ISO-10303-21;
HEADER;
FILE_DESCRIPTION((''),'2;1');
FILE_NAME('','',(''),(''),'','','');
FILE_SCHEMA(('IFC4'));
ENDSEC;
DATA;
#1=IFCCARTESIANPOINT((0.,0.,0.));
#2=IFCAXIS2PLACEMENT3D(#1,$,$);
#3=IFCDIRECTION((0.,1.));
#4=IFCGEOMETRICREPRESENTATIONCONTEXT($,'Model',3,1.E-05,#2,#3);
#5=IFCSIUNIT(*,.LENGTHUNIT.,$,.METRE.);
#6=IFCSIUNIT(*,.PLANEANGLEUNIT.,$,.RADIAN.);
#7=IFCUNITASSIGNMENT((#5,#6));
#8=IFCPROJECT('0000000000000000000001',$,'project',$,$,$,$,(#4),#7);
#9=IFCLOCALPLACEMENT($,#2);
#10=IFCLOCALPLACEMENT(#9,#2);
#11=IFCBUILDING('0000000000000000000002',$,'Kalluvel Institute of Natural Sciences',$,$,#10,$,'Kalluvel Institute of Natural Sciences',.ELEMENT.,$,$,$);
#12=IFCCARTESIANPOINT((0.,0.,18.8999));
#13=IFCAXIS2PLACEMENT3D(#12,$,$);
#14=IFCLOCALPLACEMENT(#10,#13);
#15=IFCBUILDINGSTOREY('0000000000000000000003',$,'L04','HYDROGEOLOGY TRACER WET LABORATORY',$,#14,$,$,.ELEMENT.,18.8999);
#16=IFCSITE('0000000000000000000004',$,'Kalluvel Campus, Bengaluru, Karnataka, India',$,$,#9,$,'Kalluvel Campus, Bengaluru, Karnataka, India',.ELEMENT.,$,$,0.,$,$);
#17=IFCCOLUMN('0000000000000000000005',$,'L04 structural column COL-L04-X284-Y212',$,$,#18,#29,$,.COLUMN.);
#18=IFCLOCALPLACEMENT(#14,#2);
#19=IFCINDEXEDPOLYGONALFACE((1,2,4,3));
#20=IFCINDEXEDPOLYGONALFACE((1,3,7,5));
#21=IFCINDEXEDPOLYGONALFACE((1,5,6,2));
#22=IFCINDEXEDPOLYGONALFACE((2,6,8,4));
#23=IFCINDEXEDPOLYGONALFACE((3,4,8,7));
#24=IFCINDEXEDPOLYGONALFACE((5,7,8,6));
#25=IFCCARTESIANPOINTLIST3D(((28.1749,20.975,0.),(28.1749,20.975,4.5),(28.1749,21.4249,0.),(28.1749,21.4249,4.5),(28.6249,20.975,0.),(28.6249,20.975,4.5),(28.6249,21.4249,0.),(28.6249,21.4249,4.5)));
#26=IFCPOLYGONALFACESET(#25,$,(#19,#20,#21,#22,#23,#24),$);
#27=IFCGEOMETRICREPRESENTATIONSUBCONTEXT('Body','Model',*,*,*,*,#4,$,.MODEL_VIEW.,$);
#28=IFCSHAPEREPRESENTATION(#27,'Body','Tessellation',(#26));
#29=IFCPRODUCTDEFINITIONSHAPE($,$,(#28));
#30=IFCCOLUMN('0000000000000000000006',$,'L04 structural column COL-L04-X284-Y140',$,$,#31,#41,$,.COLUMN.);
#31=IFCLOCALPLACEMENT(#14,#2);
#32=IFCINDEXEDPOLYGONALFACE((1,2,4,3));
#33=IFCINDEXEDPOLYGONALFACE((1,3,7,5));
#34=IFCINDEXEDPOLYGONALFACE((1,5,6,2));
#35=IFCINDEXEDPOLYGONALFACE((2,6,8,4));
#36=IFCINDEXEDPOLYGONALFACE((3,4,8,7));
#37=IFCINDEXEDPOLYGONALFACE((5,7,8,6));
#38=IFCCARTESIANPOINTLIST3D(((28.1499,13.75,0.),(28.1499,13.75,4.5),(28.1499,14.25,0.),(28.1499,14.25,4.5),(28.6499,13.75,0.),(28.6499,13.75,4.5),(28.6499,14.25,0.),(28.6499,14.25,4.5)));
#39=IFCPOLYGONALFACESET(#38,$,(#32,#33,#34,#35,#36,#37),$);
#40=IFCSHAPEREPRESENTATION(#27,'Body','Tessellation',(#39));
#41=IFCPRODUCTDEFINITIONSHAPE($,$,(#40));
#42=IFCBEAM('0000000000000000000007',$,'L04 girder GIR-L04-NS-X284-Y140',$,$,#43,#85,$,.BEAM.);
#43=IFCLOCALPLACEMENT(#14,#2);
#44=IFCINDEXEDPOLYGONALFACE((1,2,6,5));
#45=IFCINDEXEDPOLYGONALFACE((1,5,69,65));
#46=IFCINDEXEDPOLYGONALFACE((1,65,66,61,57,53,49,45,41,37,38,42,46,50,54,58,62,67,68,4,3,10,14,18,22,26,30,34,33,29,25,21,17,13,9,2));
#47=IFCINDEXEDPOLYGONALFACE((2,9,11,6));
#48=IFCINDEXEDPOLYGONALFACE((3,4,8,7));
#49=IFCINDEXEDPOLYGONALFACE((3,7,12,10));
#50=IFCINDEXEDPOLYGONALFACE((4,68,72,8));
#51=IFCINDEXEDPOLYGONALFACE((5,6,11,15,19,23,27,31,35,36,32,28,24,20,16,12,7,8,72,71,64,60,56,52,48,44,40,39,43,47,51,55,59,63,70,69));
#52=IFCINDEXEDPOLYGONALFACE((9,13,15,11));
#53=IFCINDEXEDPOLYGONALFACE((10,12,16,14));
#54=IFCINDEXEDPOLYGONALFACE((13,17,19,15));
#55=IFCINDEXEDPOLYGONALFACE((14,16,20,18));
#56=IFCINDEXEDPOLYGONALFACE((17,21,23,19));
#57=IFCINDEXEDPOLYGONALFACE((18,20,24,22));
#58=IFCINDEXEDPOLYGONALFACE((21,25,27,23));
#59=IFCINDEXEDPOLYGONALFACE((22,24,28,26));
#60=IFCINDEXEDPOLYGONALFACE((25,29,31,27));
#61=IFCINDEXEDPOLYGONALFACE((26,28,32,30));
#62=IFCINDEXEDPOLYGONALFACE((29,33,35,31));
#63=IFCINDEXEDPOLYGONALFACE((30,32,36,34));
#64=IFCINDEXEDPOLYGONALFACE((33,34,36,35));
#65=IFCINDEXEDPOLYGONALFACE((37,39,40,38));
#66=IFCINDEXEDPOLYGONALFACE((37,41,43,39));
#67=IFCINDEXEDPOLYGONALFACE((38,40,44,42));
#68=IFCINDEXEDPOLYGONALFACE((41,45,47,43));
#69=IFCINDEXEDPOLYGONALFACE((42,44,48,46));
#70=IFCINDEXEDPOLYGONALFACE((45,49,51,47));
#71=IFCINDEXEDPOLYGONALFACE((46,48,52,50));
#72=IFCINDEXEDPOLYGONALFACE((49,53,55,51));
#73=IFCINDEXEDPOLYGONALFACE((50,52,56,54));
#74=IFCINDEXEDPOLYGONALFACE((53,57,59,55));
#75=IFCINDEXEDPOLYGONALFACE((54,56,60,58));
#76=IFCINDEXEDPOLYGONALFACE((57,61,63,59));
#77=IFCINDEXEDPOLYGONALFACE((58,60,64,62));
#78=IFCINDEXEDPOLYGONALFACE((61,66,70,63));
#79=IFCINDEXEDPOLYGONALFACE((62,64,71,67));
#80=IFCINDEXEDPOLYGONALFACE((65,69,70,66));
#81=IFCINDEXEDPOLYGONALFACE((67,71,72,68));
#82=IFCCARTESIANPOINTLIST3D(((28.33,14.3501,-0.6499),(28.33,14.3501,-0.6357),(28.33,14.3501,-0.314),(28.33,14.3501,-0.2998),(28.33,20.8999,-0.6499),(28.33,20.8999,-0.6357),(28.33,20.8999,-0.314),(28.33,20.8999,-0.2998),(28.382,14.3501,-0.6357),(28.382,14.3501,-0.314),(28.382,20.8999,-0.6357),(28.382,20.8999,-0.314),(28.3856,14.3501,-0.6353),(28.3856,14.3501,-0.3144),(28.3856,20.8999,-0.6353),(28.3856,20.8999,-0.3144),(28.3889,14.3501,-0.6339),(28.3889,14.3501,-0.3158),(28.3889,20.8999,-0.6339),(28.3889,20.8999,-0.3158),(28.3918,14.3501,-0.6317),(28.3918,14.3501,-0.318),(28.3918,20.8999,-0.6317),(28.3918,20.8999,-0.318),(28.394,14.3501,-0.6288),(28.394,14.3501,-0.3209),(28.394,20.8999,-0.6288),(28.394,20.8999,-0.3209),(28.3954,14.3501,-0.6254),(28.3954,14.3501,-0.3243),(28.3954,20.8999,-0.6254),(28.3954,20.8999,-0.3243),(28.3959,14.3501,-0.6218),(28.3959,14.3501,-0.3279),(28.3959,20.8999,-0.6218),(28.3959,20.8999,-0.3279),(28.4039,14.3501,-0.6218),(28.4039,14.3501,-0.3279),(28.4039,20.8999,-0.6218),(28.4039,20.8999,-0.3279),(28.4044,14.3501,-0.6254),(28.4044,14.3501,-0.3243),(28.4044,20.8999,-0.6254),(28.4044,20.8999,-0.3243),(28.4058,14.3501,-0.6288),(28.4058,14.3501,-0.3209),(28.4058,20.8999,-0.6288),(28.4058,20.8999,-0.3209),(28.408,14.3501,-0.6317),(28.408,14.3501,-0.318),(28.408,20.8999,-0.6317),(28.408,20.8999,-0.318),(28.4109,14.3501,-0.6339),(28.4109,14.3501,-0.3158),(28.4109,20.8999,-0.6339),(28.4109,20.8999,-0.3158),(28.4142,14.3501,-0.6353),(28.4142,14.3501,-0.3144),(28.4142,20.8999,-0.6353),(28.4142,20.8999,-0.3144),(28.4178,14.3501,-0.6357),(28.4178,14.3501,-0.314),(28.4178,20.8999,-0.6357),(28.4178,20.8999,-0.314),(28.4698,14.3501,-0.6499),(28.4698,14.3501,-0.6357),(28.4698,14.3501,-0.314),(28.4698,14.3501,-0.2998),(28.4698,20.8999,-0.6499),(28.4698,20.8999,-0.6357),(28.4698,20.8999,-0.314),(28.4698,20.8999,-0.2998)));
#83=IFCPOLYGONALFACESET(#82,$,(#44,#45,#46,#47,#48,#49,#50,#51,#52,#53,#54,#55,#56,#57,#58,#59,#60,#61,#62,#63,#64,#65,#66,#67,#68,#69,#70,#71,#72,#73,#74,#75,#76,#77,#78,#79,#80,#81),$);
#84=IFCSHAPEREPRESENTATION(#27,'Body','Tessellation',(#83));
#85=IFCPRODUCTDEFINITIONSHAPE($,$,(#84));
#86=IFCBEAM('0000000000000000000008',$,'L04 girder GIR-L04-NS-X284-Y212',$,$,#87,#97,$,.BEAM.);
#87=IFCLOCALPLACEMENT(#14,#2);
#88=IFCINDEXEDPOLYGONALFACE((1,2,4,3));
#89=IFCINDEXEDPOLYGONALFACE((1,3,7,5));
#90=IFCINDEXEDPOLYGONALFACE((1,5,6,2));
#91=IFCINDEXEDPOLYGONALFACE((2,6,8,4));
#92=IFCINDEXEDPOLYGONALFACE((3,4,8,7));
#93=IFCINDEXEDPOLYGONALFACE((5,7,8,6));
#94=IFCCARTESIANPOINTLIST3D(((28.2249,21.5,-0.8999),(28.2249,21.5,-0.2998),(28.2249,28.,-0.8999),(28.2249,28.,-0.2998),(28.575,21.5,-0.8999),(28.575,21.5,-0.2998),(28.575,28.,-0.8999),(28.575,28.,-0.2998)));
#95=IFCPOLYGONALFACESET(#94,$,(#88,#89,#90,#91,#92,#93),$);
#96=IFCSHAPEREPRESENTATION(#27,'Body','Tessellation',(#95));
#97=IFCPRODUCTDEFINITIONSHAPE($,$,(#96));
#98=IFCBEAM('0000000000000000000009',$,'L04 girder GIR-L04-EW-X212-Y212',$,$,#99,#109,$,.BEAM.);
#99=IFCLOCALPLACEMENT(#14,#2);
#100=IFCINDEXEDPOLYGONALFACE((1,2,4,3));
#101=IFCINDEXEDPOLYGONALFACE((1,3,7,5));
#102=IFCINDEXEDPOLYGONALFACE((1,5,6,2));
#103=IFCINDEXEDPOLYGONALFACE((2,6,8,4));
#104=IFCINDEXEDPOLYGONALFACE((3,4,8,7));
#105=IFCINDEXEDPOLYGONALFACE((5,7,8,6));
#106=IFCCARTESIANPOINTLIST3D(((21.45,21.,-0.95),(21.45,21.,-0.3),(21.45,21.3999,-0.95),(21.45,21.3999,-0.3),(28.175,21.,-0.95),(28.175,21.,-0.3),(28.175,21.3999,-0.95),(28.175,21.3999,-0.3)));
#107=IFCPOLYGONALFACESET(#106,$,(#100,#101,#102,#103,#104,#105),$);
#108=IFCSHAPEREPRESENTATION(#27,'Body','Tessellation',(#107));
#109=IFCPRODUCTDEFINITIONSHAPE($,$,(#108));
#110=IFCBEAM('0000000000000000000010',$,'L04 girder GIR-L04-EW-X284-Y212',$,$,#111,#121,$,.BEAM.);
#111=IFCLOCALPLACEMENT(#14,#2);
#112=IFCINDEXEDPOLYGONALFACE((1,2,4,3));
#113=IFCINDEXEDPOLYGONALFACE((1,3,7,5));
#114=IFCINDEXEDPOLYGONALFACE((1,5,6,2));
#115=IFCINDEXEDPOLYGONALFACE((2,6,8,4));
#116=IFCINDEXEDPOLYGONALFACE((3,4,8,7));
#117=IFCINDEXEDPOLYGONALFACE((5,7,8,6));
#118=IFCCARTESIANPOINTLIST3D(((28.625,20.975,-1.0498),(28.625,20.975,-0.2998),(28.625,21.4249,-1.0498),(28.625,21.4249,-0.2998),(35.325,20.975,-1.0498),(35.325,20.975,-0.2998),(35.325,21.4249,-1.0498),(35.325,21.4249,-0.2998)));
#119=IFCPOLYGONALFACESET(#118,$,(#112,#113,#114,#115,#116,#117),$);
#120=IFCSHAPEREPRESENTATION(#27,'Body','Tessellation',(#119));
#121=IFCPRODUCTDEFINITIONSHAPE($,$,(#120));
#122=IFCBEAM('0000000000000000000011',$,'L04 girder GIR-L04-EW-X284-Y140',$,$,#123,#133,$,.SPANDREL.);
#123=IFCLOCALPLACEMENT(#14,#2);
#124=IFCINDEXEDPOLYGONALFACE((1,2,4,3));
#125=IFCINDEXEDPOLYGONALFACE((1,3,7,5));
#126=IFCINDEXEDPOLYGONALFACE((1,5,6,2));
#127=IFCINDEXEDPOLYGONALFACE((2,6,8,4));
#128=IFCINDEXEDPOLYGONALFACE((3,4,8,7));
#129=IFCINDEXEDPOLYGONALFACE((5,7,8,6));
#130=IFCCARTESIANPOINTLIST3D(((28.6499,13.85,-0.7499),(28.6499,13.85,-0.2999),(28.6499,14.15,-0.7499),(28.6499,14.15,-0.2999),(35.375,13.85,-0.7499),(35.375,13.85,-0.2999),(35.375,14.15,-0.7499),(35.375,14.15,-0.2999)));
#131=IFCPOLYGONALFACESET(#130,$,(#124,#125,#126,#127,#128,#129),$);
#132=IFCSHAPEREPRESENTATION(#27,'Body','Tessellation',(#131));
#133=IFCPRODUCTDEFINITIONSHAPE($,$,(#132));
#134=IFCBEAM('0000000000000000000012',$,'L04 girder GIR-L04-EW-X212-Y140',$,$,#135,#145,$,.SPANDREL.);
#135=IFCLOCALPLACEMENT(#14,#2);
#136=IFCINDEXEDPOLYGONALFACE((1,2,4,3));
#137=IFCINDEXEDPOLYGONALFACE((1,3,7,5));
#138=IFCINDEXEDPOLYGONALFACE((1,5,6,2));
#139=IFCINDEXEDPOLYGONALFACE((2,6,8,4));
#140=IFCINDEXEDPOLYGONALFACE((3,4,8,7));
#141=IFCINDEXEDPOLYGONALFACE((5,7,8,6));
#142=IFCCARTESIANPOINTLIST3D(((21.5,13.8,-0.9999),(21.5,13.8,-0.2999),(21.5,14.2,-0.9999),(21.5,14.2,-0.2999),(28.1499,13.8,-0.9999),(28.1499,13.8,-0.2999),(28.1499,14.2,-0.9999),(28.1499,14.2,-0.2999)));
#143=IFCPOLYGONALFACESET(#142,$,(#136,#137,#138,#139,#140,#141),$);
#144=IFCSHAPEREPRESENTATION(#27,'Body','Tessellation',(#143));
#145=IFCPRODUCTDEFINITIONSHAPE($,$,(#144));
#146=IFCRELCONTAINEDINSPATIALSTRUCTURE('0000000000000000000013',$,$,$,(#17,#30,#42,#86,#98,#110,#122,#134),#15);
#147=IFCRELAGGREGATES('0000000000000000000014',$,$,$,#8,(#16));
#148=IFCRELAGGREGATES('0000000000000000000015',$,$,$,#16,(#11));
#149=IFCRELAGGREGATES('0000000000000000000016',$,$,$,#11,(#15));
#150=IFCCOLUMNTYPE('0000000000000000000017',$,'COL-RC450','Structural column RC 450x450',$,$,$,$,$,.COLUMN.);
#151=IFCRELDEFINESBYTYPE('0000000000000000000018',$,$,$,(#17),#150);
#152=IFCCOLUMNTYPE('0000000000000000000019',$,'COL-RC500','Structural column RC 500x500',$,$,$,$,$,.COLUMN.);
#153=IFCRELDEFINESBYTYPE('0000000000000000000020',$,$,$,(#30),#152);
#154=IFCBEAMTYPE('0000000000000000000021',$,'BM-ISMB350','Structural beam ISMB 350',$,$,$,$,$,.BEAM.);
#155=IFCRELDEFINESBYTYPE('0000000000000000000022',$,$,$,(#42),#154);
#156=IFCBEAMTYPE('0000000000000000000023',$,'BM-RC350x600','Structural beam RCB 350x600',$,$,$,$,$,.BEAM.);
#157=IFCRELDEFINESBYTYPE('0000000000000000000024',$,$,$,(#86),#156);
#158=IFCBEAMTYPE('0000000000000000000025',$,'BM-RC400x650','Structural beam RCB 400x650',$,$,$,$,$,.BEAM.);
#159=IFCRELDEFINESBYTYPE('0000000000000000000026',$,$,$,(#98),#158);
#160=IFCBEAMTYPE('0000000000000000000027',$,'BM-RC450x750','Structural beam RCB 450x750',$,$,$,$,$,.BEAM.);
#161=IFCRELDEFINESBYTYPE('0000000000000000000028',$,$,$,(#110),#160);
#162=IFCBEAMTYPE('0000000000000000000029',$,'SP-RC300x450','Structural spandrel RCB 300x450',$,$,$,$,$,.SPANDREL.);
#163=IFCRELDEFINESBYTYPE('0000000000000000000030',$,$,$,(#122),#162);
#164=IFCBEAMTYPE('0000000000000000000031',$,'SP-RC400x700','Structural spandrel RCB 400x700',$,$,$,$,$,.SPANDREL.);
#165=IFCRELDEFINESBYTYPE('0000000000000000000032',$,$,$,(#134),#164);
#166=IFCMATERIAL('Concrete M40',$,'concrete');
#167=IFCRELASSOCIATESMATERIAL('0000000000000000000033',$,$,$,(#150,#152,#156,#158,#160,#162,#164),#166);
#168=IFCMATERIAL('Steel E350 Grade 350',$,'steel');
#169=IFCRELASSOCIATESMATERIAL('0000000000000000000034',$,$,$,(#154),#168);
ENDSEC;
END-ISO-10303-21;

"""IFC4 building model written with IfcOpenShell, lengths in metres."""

from ifc_helpers import new_model, si_unit, direction, frame, origin, origin_2d, place, context, subcontext, project, spatial, rectangle, i_section, extrude, material, material_profile, profile_set, type_object, element, save


model = new_model("IFC4")

# Units and contexts
model_context = context("Model", 3, precision=1e-05, world=origin(), true_north=direction((0.0, 1.0)))
body_context = subcontext(model_context, "Body", "Model", "MODEL_VIEW")
ifc_project = project(units=[si_unit("LENGTHUNIT", "METRE"), si_unit("PLANEANGLEUNIT", "RADIAN")], contexts=[model_context])

# Site, building, storey
site_placement = place(None, origin())
site = spatial("IfcSite", under=ifc_project, at=site_placement, Name="Kalluvel Campus, Bengaluru, Karnataka, India", LongName="Kalluvel Campus, Bengaluru, Karnataka, India", CompositionType="ELEMENT", RefElevation=0.0)
building_placement = place(site_placement, origin())
building = spatial("IfcBuilding", under=site, at=building_placement, Name="Kalluvel Institute of Natural Sciences", LongName="Kalluvel Institute of Natural Sciences", CompositionType="ELEMENT")
storey_placement = place(building_placement, frame((0.0, 0.0, 18.8999)))
storey = spatial("IfcBuildingStorey", under=building, at=storey_placement, Name="L04", Description="HYDROGEOLOGY TRACER WET LABORATORY", CompositionType="ELEMENT", Elevation=18.8999)

# Columns
ifc_material_1 = material(Name="Concrete M40", Category="concrete")
ifc_material_profile_1 = material_profile(ifc_material_1, rectangle(XDim=0.45, YDim=0.45, at=origin_2d()), Name="RC 450x450")
ifc_profile_set_1 = profile_set([ifc_material_profile_1], Name="Concrete M40")
column_type_1 = type_object("IfcColumnType", Name="COL-RC450", Description="Structural column RC 450x450", PredefinedType="COLUMN", material=ifc_profile_set_1)
column_1_placement = place(storey_placement, frame((28.3999, 21.2, 0.0), z_axis=(0.0, 0.0, 1.0), x_axis=(1.0, 0.0, 0.0)))
element("IfcColumn", 1, at=column_1_placement, inside=storey, type_object=column_type_1, Name="L04 structural column COL-L04-X284-Y212", PredefinedType="COLUMN", context=body_context, shape_type="SweptSolid", body=[
    extrude(rectangle(XDim=0.45, YDim=0.45, at=origin_2d()), origin(), (0.0, 0.0, 1.0), 4.5),
])
ifc_material_profile_2 = material_profile(ifc_material_1, rectangle(XDim=0.5, YDim=0.5, at=origin_2d()), Name="RC 500x500")
ifc_profile_set_2 = profile_set([ifc_material_profile_2], Name="Concrete M40")
column_type_2 = type_object("IfcColumnType", Name="COL-RC500", Description="Structural column RC 500x500", PredefinedType="COLUMN", material=ifc_profile_set_2)
column_2_placement = place(storey_placement, frame((28.3999, 14.0, 0.0), z_axis=(0.0, 0.0, 1.0), x_axis=(1.0, 0.0, 0.0)))
element("IfcColumn", 2, at=column_2_placement, inside=storey, type_object=column_type_2, Name="L04 structural column COL-L04-X284-Y140", PredefinedType="COLUMN", context=body_context, shape_type="SweptSolid", body=[
    extrude(rectangle(XDim=0.5, YDim=0.5, at=origin_2d()), origin(), (0.0, 0.0, 1.0), 4.5),
])

# Beams
ifc_material_2 = material(Name="Steel E350 Grade 350", Category="steel")
ifc_material_profile_3 = material_profile(ifc_material_2, i_section(OverallWidth=0.1399, OverallDepth=0.3501, WebThickness=0.0081, FlangeThickness=0.0142, FilletRadius=0.0139, at=origin_2d()), Name="ISMB 350")
ifc_profile_set_3 = profile_set([ifc_material_profile_3], Name="Steel E350 Grade 350")
beam_type_1 = type_object("IfcBeamType", Name="BM-ISMB350", Description="Structural beam ISMB 350", PredefinedType="BEAM", material=ifc_profile_set_3)
beam_1_placement = place(storey_placement, frame((28.3999, 14.3501, -0.4749), z_axis=(0.0, 1.0, 0.0), x_axis=(-1.0, 0.0, 0.0)))
element("IfcBeam", 3, at=beam_1_placement, inside=storey, type_object=beam_type_1, Name="L04 girder GIR-L04-NS-X284-Y140", PredefinedType="BEAM", context=body_context, shape_type="SweptSolid", body=[
    extrude(i_section(OverallWidth=0.1399, OverallDepth=0.3501, WebThickness=0.0081, FlangeThickness=0.0142, FilletRadius=0.0139, at=origin_2d()), origin(), (0.0, 0.0, 1.0), 6.5498),
])
ifc_material_profile_4 = material_profile(ifc_material_1, rectangle(XDim=0.3501, YDim=0.6001, at=origin_2d()), Name="RCB 350x600")
ifc_profile_set_4 = profile_set([ifc_material_profile_4], Name="Concrete M40")
beam_type_2 = type_object("IfcBeamType", Name="BM-RC350x600", Description="Structural beam RCB 350x600", PredefinedType="BEAM", material=ifc_profile_set_4)
beam_2_placement = place(storey_placement, frame((28.3999, 21.5, -0.5999), z_axis=(0.0, 1.0, 0.0), x_axis=(-1.0, 0.0, 0.0)))
element("IfcBeam", 4, at=beam_2_placement, inside=storey, type_object=beam_type_2, Name="L04 girder GIR-L04-NS-X284-Y212", PredefinedType="BEAM", context=body_context, shape_type="SweptSolid", body=[
    extrude(rectangle(XDim=0.3501, YDim=0.6001, at=origin_2d()), origin(), (0.0, 0.0, 1.0), 6.5),
])
ifc_material_profile_5 = material_profile(ifc_material_1, rectangle(XDim=0.3999, YDim=0.6499, at=origin_2d()), Name="RCB 400x650")
ifc_profile_set_5 = profile_set([ifc_material_profile_5], Name="Concrete M40")
beam_type_3 = type_object("IfcBeamType", Name="BM-RC400x650", Description="Structural beam RCB 400x650", PredefinedType="BEAM", material=ifc_profile_set_5)
beam_3_placement = place(storey_placement, frame((21.45, 21.2, -0.625), z_axis=(1.0, 0.0, 0.0), x_axis=(0.0, 1.0, 0.0)))
element("IfcBeam", 5, at=beam_3_placement, inside=storey, type_object=beam_type_3, Name="L04 girder GIR-L04-EW-X212-Y212", PredefinedType="BEAM", context=body_context, shape_type="SweptSolid", body=[
    extrude(rectangle(XDim=0.3999, YDim=0.6499, at=origin_2d()), origin(), (0.0, 0.0, 1.0), 6.7251),
])
ifc_material_profile_6 = material_profile(ifc_material_1, rectangle(XDim=0.45, YDim=0.75, at=origin_2d()), Name="RCB 450x750")
ifc_profile_set_6 = profile_set([ifc_material_profile_6], Name="Concrete M40")
beam_type_4 = type_object("IfcBeamType", Name="BM-RC450x750", Description="Structural beam RCB 450x750", PredefinedType="BEAM", material=ifc_profile_set_6)
beam_4_placement = place(storey_placement, frame((28.625, 21.2, -0.6748), z_axis=(1.0, 0.0, 0.0), x_axis=(0.0, 1.0, 0.0)))
element("IfcBeam", 6, at=beam_4_placement, inside=storey, type_object=beam_type_4, Name="L04 girder GIR-L04-EW-X284-Y212", PredefinedType="BEAM", context=body_context, shape_type="SweptSolid", body=[
    extrude(rectangle(XDim=0.45, YDim=0.75, at=origin_2d()), origin(), (0.0, 0.0, 1.0), 6.7),
])
ifc_material_profile_7 = material_profile(ifc_material_1, rectangle(XDim=0.3, YDim=0.45, at=origin_2d()), Name="RCB 300x450")
ifc_profile_set_7 = profile_set([ifc_material_profile_7], Name="Concrete M40")
beam_type_5 = type_object("IfcBeamType", Name="SP-RC300x450", Description="Structural spandrel RCB 300x450", PredefinedType="SPANDREL", material=ifc_profile_set_7)
beam_5_placement = place(storey_placement, frame((28.6499, 14.0, -0.5249), z_axis=(1.0, 0.0, 0.0), x_axis=(0.0, 1.0, 0.0)))
element("IfcBeam", 7, at=beam_5_placement, inside=storey, type_object=beam_type_5, Name="L04 girder GIR-L04-EW-X284-Y140", PredefinedType="SPANDREL", context=body_context, shape_type="SweptSolid", body=[
    extrude(rectangle(XDim=0.3, YDim=0.45, at=origin_2d()), origin(), (0.0, 0.0, 1.0), 6.7251),
])
ifc_material_profile_8 = material_profile(ifc_material_1, rectangle(XDim=0.3999, YDim=0.7, at=origin_2d()), Name="RCB 400x700")
ifc_profile_set_8 = profile_set([ifc_material_profile_8], Name="Concrete M40")
beam_type_6 = type_object("IfcBeamType", Name="SP-RC400x700", Description="Structural spandrel RCB 400x700", PredefinedType="SPANDREL", material=ifc_profile_set_8)
beam_6_placement = place(storey_placement, frame((21.5, 14.0, -0.6499), z_axis=(1.0, 0.0, 0.0), x_axis=(0.0, 1.0, 0.0)))
element("IfcBeam", 8, at=beam_6_placement, inside=storey, type_object=beam_type_6, Name="L04 girder GIR-L04-EW-X212-Y140", PredefinedType="SPANDREL", context=body_context, shape_type="SweptSolid", body=[
    extrude(rectangle(XDim=0.3999, YDim=0.7, at=origin_2d()), origin(), (0.0, 0.0, 1.0), 6.6499),
])

save(model, "model.ifc")
